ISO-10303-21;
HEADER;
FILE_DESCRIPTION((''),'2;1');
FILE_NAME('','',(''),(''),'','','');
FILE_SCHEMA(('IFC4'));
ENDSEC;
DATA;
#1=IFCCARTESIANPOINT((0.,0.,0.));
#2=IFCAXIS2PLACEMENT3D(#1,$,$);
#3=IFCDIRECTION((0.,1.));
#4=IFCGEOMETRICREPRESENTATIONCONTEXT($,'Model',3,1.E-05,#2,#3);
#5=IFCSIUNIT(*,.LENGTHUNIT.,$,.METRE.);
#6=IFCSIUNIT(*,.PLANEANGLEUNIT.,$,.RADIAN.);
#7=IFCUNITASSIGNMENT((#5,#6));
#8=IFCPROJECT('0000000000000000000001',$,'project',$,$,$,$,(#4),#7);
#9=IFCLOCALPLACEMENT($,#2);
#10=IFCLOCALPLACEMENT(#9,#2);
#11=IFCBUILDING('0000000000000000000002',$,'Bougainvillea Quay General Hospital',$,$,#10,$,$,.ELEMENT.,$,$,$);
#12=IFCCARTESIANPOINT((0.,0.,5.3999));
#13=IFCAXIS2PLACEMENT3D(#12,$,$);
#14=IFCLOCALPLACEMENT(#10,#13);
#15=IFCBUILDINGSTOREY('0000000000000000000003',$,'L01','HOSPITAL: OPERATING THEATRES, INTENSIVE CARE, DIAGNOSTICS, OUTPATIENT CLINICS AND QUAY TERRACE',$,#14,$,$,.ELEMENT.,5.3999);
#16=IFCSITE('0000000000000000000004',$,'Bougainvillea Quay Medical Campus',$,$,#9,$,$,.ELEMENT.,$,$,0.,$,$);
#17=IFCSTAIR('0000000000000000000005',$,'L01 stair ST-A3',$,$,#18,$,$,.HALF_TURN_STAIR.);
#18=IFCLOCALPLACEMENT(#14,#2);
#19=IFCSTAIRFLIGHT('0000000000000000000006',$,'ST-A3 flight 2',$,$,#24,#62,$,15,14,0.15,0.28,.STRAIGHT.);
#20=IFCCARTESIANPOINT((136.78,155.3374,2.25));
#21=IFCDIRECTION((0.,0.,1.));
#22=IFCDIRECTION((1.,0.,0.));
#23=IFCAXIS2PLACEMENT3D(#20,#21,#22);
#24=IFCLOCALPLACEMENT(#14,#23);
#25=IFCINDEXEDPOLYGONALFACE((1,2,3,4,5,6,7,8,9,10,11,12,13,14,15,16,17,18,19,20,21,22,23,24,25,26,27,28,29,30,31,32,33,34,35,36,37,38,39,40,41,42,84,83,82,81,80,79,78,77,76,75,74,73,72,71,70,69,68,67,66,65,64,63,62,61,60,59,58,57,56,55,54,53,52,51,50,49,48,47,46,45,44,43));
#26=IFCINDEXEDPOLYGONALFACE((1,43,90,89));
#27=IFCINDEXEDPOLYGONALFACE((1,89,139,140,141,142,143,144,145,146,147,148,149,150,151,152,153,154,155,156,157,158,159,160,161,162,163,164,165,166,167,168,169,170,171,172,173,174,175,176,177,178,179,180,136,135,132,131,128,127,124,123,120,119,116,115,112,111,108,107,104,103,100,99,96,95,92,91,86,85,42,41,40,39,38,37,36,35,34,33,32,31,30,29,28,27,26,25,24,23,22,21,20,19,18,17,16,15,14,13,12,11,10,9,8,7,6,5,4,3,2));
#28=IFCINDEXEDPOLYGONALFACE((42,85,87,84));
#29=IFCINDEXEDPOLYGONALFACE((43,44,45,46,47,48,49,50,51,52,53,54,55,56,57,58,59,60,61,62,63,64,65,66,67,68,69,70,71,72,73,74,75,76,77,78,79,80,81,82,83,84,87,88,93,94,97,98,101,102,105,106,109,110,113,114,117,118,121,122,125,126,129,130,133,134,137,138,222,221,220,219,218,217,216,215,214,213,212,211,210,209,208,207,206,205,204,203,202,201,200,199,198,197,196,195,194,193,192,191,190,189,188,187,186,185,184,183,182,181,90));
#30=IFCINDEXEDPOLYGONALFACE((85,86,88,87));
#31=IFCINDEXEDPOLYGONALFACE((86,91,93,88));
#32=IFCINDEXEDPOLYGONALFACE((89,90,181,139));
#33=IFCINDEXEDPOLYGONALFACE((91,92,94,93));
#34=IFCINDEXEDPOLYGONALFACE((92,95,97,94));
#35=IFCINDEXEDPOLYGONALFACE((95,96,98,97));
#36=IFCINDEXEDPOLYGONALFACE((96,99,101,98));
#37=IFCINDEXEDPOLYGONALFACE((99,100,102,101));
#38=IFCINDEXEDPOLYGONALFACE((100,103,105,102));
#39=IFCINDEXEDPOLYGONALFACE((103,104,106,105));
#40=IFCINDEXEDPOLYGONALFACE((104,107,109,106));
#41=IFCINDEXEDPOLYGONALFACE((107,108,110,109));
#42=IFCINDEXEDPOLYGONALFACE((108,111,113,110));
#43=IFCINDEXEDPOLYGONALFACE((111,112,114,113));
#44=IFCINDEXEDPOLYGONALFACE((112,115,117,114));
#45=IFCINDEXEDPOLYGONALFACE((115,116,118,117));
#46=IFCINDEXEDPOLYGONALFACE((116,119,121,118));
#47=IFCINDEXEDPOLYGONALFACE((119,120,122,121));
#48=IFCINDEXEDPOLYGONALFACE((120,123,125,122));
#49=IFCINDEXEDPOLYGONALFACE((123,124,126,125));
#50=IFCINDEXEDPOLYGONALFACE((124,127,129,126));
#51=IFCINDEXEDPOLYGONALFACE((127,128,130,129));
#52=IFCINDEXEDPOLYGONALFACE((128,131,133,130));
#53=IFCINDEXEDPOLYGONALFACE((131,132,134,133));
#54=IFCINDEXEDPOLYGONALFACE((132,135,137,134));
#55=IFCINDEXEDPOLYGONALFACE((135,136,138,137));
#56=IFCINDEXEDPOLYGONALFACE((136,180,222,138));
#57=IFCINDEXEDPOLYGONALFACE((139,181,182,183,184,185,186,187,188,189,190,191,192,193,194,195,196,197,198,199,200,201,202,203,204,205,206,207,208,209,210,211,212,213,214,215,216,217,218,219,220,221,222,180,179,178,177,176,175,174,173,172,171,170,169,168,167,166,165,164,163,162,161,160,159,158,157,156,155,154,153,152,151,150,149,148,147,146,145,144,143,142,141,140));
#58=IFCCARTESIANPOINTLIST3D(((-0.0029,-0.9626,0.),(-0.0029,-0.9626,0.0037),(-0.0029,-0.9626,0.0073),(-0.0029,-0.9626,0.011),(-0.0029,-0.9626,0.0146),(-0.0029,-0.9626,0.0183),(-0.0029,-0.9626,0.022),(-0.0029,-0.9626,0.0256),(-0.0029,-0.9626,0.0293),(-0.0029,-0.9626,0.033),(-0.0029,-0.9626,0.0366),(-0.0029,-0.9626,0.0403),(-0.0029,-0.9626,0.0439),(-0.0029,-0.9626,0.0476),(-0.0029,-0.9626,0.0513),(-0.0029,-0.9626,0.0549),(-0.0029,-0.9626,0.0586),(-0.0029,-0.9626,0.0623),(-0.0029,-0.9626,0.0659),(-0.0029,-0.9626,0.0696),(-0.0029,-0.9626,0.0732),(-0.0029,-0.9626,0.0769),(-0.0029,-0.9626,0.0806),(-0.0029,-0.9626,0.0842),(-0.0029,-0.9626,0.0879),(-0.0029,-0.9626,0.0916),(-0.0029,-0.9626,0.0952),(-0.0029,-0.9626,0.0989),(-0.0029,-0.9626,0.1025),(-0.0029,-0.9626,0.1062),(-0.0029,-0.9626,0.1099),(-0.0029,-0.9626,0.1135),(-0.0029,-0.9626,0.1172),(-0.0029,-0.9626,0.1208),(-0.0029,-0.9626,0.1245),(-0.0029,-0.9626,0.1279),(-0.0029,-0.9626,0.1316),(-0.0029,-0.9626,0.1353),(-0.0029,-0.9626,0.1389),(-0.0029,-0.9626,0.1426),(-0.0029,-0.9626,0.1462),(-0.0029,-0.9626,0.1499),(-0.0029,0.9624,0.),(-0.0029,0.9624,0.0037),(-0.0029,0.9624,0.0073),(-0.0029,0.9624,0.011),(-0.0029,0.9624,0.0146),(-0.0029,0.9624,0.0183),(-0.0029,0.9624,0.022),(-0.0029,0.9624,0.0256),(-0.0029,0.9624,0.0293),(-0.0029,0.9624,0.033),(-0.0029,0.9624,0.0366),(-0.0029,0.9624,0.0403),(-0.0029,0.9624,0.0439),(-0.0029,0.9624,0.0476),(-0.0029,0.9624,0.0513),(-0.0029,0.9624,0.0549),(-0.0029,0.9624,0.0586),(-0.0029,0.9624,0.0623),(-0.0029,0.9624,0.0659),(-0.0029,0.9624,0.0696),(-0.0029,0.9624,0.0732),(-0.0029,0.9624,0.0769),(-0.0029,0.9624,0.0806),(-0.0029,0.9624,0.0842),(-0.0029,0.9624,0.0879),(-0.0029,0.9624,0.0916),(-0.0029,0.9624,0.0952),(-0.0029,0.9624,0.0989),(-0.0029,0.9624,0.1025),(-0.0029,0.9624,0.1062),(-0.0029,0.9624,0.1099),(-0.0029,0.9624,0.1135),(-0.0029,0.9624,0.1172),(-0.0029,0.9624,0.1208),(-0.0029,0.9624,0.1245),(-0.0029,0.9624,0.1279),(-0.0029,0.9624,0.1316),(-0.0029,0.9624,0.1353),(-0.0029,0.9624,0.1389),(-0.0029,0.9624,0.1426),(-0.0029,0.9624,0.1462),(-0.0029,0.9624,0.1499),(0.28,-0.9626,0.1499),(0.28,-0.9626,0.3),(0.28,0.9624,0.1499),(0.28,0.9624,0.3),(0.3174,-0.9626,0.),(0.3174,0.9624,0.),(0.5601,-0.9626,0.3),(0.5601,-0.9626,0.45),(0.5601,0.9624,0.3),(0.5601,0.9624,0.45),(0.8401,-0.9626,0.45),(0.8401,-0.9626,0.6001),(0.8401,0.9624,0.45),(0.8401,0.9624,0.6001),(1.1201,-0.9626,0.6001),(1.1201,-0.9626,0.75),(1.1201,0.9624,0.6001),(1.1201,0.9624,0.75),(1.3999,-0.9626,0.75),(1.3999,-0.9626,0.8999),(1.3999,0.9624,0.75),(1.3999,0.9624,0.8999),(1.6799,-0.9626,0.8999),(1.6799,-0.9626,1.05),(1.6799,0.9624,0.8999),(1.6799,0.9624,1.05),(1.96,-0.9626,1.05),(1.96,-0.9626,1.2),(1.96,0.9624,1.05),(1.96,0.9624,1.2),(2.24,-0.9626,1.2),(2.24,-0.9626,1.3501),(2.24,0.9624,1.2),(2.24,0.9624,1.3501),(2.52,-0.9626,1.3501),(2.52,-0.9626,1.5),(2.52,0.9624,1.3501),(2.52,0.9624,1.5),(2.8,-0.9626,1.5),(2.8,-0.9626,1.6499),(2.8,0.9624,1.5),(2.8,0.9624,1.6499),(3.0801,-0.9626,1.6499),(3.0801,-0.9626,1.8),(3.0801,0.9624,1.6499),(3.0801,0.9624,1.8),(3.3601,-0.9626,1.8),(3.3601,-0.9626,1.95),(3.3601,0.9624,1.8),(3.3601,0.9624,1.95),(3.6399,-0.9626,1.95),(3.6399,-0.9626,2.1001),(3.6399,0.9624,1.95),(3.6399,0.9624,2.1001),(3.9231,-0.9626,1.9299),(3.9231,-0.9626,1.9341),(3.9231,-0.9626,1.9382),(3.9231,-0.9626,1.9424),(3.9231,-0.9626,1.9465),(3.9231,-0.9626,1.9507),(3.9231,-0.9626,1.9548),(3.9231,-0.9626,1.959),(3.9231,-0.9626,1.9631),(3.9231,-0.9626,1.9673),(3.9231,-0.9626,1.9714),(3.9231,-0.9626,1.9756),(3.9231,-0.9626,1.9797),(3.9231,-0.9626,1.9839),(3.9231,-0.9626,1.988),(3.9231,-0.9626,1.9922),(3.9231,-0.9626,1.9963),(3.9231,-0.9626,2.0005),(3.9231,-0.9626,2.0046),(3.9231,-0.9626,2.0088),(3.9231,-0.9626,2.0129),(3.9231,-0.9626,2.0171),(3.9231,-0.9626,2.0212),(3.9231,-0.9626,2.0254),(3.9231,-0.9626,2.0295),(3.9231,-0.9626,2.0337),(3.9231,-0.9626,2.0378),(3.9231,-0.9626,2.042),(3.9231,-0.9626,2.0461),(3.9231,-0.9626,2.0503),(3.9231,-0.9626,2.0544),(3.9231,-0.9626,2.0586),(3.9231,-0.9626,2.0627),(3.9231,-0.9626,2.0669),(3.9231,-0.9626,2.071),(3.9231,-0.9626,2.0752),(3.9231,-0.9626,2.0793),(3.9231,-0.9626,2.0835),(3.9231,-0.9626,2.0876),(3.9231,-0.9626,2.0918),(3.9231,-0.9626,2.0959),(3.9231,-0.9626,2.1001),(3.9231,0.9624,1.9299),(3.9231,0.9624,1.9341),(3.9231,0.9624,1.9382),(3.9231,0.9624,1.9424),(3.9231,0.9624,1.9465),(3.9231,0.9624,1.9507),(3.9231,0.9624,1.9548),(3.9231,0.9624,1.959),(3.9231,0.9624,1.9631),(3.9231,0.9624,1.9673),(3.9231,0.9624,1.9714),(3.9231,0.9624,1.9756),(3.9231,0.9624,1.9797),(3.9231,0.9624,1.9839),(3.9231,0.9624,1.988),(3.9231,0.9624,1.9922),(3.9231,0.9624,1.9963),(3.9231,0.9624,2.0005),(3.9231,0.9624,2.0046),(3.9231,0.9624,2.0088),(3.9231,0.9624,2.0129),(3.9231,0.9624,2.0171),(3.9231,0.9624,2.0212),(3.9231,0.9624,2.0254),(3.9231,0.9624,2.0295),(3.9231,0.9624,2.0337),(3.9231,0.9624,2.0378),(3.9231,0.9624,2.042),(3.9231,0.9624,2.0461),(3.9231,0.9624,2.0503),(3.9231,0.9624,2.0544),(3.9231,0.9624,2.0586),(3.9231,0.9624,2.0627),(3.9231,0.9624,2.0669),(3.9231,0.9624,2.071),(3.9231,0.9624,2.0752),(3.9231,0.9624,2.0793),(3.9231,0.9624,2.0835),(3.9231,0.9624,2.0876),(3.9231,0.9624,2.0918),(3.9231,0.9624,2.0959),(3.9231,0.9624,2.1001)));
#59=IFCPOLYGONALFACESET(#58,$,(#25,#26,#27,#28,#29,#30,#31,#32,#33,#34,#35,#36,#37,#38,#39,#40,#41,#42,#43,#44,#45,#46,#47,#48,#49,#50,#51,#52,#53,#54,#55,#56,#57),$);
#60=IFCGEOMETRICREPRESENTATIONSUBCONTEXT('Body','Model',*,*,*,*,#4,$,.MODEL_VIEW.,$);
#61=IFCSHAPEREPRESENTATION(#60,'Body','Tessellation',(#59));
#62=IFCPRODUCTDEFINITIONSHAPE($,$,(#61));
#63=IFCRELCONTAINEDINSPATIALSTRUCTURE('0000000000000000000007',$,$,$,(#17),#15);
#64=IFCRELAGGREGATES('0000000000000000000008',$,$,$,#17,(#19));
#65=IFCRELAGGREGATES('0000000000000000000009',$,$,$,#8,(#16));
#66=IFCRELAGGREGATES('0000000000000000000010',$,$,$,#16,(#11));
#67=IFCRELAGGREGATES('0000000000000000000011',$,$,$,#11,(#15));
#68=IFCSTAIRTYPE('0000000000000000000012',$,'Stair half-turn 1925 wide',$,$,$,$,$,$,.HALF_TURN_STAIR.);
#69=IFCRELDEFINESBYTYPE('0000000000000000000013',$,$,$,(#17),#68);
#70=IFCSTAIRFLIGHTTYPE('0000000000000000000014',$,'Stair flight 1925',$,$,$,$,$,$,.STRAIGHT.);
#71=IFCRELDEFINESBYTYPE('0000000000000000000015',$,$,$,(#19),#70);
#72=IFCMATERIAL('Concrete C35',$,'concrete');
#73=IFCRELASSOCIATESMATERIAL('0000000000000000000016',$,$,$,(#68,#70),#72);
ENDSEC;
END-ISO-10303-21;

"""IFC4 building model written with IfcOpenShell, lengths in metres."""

from ifc_helpers import new_model, si_unit, direction, frame, origin, place, context, subcontext, project, spatial, polyline, outline, extrude, material, type_object, element, aggregate, save


model = new_model("IFC4")

# Units and contexts
model_context = context("Model", 3, precision=1e-05, world=origin(), true_north=direction((0.0, 1.0)))
body_context = subcontext(model_context, "Body", "Model", "MODEL_VIEW")
ifc_project = project(units=[si_unit("LENGTHUNIT", "METRE"), si_unit("PLANEANGLEUNIT", "RADIAN")], contexts=[model_context])

# Site, building, storey
site_placement = place(None, origin())
site = spatial("IfcSite", under=ifc_project, at=site_placement, Name="Bougainvillea Quay Medical Campus", CompositionType="ELEMENT", RefElevation=0.0)
building_placement = place(site_placement, origin())
building = spatial("IfcBuilding", under=site, at=building_placement, Name="Bougainvillea Quay General Hospital", CompositionType="ELEMENT")
storey_placement = place(building_placement, frame((0.0, 0.0, 5.3999)))
storey = spatial("IfcBuildingStorey", under=building, at=storey_placement, Name="L01", Description="HOSPITAL: OPERATING THEATRES, INTENSIVE CARE, DIAGNOSTICS, OUTPATIENT CLINICS AND QUAY TERRACE", CompositionType="ELEMENT", Elevation=5.3999)

# Stair, stair flight
ifc_material_1 = material(Name="Concrete C35", Category="concrete")
stair_type = type_object("IfcStairType", Name="Stair half-turn 1925 wide", PredefinedType="HALF_TURN_STAIR", material=ifc_material_1)
stair_placement = place(storey_placement, origin())
stair = element("IfcStair", 1, at=stair_placement, inside=storey, type_object=stair_type, Name="L01 stair ST-A3", PredefinedType="HALF_TURN_STAIR")
stair_flight_type = type_object("IfcStairFlightType", Name="Stair flight 1925", PredefinedType="STRAIGHT", material=ifc_material_1)
stair_flight_1_placement = place(storey_placement, frame((136.78, 155.3374, 2.25), z_axis=(0.0, 0.0, 1.0), x_axis=(1.0, 0.0, 0.0)))
stair_flight_1 = element("IfcStairFlight", 2, at=stair_flight_1_placement, type_object=stair_flight_type, Name="ST-A3 flight 2", NumberOfRisers=15, NumberOfTreads=14, PredefinedType="STRAIGHT", RiserHeight=0.15, TreadLength=0.28, context=body_context, shape_type="SweptSolid", body=[
    extrude(outline(polyline([(-0.0029, 0.0), (-0.0029, 0.0037), (-0.0029, 0.0073), (-0.0029, 0.011), (-0.0029, 0.0146), (-0.0029, 0.0183), (-0.0029, 0.022), (-0.0029, 0.0256), (-0.0029, 0.0293), (-0.0029, 0.033), (-0.0029, 0.0366), (-0.0029, 0.0403), (-0.0029, 0.0439), (-0.0029, 0.0476), (-0.0029, 0.0513), (-0.0029, 0.0549), (-0.0029, 0.0586), (-0.0029, 0.0623), (-0.0029, 0.0659), (-0.0029, 0.0696), (-0.0029, 0.0732), (-0.0029, 0.0769), (-0.0029, 0.0806), (-0.0029, 0.0842), (-0.0029, 0.0879), (-0.0029, 0.0916), (-0.0029, 0.0952), (-0.0029, 0.0989), (-0.0029, 0.1025), (-0.0029, 0.1062), (-0.0029, 0.1099), (-0.0029, 0.1135), (-0.0029, 0.1172), (-0.0029, 0.1208), (-0.0029, 0.1245), (-0.0029, 0.1279), (-0.0029, 0.1316), (-0.0029, 0.1353), (-0.0029, 0.1389), (-0.0029, 0.1426), (-0.0029, 0.1462), (-0.0029, 0.1499), (0.28, 0.1499), (0.28, 0.3), (0.5601, 0.3), (0.5601, 0.45), (0.8401, 0.45), (0.8401, 0.6001), (1.1201, 0.6001), (1.1201, 0.75), (1.3999, 0.75), (1.3999, 0.8999), (1.6799, 0.8999), (1.6799, 1.05), (1.96, 1.05), (1.96, 1.2), (2.24, 1.2), (2.24, 1.3501), (2.52, 1.3501), (2.52, 1.5), (2.8, 1.5), (2.8, 1.6499), (3.0801, 1.6499), (3.0801, 1.8), (3.3601, 1.8), (3.3601, 1.95), (3.6399, 1.95), (3.6399, 2.1001), (3.9231, 2.1001), (3.9231, 2.0959), (3.9231, 2.0918), (3.9231, 2.0876), (3.9231, 2.0835), (3.9231, 2.0793), (3.9231, 2.0752), (3.9231, 2.071), (3.9231, 2.0669), (3.9231, 2.0627), (3.9231, 2.0586), (3.9231, 2.0544), (3.9231, 2.0503), (3.9231, 2.0461), (3.9231, 2.042), (3.9231, 2.0378), (3.9231, 2.0337), (3.9231, 2.0295), (3.9231, 2.0254), (3.9231, 2.0212), (3.9231, 2.0171), (3.9231, 2.0129), (3.9231, 2.0088), (3.9231, 2.0046), (3.9231, 2.0005), (3.9231, 1.9963), (3.9231, 1.9922), (3.9231, 1.988), (3.9231, 1.9839), (3.9231, 1.9797), (3.9231, 1.9756), (3.9231, 1.9714), (3.9231, 1.9673), (3.9231, 1.9631), (3.9231, 1.959), (3.9231, 1.9548), (3.9231, 1.9507), (3.9231, 1.9465), (3.9231, 1.9424), (3.9231, 1.9382), (3.9231, 1.9341), (3.9231, 1.9299), (0.3174, 0.0), (-0.0029, 0.0)])), frame((0.0, 0.9624, 0.0), z_axis=(0.0, -1.0, 0.0), x_axis=(1.0, 0.0, 0.0)), (0.0, 0.0, 1.0), 1.925),
])
aggregate(stair, [stair_flight_1])

save(model, "model.ifc")
